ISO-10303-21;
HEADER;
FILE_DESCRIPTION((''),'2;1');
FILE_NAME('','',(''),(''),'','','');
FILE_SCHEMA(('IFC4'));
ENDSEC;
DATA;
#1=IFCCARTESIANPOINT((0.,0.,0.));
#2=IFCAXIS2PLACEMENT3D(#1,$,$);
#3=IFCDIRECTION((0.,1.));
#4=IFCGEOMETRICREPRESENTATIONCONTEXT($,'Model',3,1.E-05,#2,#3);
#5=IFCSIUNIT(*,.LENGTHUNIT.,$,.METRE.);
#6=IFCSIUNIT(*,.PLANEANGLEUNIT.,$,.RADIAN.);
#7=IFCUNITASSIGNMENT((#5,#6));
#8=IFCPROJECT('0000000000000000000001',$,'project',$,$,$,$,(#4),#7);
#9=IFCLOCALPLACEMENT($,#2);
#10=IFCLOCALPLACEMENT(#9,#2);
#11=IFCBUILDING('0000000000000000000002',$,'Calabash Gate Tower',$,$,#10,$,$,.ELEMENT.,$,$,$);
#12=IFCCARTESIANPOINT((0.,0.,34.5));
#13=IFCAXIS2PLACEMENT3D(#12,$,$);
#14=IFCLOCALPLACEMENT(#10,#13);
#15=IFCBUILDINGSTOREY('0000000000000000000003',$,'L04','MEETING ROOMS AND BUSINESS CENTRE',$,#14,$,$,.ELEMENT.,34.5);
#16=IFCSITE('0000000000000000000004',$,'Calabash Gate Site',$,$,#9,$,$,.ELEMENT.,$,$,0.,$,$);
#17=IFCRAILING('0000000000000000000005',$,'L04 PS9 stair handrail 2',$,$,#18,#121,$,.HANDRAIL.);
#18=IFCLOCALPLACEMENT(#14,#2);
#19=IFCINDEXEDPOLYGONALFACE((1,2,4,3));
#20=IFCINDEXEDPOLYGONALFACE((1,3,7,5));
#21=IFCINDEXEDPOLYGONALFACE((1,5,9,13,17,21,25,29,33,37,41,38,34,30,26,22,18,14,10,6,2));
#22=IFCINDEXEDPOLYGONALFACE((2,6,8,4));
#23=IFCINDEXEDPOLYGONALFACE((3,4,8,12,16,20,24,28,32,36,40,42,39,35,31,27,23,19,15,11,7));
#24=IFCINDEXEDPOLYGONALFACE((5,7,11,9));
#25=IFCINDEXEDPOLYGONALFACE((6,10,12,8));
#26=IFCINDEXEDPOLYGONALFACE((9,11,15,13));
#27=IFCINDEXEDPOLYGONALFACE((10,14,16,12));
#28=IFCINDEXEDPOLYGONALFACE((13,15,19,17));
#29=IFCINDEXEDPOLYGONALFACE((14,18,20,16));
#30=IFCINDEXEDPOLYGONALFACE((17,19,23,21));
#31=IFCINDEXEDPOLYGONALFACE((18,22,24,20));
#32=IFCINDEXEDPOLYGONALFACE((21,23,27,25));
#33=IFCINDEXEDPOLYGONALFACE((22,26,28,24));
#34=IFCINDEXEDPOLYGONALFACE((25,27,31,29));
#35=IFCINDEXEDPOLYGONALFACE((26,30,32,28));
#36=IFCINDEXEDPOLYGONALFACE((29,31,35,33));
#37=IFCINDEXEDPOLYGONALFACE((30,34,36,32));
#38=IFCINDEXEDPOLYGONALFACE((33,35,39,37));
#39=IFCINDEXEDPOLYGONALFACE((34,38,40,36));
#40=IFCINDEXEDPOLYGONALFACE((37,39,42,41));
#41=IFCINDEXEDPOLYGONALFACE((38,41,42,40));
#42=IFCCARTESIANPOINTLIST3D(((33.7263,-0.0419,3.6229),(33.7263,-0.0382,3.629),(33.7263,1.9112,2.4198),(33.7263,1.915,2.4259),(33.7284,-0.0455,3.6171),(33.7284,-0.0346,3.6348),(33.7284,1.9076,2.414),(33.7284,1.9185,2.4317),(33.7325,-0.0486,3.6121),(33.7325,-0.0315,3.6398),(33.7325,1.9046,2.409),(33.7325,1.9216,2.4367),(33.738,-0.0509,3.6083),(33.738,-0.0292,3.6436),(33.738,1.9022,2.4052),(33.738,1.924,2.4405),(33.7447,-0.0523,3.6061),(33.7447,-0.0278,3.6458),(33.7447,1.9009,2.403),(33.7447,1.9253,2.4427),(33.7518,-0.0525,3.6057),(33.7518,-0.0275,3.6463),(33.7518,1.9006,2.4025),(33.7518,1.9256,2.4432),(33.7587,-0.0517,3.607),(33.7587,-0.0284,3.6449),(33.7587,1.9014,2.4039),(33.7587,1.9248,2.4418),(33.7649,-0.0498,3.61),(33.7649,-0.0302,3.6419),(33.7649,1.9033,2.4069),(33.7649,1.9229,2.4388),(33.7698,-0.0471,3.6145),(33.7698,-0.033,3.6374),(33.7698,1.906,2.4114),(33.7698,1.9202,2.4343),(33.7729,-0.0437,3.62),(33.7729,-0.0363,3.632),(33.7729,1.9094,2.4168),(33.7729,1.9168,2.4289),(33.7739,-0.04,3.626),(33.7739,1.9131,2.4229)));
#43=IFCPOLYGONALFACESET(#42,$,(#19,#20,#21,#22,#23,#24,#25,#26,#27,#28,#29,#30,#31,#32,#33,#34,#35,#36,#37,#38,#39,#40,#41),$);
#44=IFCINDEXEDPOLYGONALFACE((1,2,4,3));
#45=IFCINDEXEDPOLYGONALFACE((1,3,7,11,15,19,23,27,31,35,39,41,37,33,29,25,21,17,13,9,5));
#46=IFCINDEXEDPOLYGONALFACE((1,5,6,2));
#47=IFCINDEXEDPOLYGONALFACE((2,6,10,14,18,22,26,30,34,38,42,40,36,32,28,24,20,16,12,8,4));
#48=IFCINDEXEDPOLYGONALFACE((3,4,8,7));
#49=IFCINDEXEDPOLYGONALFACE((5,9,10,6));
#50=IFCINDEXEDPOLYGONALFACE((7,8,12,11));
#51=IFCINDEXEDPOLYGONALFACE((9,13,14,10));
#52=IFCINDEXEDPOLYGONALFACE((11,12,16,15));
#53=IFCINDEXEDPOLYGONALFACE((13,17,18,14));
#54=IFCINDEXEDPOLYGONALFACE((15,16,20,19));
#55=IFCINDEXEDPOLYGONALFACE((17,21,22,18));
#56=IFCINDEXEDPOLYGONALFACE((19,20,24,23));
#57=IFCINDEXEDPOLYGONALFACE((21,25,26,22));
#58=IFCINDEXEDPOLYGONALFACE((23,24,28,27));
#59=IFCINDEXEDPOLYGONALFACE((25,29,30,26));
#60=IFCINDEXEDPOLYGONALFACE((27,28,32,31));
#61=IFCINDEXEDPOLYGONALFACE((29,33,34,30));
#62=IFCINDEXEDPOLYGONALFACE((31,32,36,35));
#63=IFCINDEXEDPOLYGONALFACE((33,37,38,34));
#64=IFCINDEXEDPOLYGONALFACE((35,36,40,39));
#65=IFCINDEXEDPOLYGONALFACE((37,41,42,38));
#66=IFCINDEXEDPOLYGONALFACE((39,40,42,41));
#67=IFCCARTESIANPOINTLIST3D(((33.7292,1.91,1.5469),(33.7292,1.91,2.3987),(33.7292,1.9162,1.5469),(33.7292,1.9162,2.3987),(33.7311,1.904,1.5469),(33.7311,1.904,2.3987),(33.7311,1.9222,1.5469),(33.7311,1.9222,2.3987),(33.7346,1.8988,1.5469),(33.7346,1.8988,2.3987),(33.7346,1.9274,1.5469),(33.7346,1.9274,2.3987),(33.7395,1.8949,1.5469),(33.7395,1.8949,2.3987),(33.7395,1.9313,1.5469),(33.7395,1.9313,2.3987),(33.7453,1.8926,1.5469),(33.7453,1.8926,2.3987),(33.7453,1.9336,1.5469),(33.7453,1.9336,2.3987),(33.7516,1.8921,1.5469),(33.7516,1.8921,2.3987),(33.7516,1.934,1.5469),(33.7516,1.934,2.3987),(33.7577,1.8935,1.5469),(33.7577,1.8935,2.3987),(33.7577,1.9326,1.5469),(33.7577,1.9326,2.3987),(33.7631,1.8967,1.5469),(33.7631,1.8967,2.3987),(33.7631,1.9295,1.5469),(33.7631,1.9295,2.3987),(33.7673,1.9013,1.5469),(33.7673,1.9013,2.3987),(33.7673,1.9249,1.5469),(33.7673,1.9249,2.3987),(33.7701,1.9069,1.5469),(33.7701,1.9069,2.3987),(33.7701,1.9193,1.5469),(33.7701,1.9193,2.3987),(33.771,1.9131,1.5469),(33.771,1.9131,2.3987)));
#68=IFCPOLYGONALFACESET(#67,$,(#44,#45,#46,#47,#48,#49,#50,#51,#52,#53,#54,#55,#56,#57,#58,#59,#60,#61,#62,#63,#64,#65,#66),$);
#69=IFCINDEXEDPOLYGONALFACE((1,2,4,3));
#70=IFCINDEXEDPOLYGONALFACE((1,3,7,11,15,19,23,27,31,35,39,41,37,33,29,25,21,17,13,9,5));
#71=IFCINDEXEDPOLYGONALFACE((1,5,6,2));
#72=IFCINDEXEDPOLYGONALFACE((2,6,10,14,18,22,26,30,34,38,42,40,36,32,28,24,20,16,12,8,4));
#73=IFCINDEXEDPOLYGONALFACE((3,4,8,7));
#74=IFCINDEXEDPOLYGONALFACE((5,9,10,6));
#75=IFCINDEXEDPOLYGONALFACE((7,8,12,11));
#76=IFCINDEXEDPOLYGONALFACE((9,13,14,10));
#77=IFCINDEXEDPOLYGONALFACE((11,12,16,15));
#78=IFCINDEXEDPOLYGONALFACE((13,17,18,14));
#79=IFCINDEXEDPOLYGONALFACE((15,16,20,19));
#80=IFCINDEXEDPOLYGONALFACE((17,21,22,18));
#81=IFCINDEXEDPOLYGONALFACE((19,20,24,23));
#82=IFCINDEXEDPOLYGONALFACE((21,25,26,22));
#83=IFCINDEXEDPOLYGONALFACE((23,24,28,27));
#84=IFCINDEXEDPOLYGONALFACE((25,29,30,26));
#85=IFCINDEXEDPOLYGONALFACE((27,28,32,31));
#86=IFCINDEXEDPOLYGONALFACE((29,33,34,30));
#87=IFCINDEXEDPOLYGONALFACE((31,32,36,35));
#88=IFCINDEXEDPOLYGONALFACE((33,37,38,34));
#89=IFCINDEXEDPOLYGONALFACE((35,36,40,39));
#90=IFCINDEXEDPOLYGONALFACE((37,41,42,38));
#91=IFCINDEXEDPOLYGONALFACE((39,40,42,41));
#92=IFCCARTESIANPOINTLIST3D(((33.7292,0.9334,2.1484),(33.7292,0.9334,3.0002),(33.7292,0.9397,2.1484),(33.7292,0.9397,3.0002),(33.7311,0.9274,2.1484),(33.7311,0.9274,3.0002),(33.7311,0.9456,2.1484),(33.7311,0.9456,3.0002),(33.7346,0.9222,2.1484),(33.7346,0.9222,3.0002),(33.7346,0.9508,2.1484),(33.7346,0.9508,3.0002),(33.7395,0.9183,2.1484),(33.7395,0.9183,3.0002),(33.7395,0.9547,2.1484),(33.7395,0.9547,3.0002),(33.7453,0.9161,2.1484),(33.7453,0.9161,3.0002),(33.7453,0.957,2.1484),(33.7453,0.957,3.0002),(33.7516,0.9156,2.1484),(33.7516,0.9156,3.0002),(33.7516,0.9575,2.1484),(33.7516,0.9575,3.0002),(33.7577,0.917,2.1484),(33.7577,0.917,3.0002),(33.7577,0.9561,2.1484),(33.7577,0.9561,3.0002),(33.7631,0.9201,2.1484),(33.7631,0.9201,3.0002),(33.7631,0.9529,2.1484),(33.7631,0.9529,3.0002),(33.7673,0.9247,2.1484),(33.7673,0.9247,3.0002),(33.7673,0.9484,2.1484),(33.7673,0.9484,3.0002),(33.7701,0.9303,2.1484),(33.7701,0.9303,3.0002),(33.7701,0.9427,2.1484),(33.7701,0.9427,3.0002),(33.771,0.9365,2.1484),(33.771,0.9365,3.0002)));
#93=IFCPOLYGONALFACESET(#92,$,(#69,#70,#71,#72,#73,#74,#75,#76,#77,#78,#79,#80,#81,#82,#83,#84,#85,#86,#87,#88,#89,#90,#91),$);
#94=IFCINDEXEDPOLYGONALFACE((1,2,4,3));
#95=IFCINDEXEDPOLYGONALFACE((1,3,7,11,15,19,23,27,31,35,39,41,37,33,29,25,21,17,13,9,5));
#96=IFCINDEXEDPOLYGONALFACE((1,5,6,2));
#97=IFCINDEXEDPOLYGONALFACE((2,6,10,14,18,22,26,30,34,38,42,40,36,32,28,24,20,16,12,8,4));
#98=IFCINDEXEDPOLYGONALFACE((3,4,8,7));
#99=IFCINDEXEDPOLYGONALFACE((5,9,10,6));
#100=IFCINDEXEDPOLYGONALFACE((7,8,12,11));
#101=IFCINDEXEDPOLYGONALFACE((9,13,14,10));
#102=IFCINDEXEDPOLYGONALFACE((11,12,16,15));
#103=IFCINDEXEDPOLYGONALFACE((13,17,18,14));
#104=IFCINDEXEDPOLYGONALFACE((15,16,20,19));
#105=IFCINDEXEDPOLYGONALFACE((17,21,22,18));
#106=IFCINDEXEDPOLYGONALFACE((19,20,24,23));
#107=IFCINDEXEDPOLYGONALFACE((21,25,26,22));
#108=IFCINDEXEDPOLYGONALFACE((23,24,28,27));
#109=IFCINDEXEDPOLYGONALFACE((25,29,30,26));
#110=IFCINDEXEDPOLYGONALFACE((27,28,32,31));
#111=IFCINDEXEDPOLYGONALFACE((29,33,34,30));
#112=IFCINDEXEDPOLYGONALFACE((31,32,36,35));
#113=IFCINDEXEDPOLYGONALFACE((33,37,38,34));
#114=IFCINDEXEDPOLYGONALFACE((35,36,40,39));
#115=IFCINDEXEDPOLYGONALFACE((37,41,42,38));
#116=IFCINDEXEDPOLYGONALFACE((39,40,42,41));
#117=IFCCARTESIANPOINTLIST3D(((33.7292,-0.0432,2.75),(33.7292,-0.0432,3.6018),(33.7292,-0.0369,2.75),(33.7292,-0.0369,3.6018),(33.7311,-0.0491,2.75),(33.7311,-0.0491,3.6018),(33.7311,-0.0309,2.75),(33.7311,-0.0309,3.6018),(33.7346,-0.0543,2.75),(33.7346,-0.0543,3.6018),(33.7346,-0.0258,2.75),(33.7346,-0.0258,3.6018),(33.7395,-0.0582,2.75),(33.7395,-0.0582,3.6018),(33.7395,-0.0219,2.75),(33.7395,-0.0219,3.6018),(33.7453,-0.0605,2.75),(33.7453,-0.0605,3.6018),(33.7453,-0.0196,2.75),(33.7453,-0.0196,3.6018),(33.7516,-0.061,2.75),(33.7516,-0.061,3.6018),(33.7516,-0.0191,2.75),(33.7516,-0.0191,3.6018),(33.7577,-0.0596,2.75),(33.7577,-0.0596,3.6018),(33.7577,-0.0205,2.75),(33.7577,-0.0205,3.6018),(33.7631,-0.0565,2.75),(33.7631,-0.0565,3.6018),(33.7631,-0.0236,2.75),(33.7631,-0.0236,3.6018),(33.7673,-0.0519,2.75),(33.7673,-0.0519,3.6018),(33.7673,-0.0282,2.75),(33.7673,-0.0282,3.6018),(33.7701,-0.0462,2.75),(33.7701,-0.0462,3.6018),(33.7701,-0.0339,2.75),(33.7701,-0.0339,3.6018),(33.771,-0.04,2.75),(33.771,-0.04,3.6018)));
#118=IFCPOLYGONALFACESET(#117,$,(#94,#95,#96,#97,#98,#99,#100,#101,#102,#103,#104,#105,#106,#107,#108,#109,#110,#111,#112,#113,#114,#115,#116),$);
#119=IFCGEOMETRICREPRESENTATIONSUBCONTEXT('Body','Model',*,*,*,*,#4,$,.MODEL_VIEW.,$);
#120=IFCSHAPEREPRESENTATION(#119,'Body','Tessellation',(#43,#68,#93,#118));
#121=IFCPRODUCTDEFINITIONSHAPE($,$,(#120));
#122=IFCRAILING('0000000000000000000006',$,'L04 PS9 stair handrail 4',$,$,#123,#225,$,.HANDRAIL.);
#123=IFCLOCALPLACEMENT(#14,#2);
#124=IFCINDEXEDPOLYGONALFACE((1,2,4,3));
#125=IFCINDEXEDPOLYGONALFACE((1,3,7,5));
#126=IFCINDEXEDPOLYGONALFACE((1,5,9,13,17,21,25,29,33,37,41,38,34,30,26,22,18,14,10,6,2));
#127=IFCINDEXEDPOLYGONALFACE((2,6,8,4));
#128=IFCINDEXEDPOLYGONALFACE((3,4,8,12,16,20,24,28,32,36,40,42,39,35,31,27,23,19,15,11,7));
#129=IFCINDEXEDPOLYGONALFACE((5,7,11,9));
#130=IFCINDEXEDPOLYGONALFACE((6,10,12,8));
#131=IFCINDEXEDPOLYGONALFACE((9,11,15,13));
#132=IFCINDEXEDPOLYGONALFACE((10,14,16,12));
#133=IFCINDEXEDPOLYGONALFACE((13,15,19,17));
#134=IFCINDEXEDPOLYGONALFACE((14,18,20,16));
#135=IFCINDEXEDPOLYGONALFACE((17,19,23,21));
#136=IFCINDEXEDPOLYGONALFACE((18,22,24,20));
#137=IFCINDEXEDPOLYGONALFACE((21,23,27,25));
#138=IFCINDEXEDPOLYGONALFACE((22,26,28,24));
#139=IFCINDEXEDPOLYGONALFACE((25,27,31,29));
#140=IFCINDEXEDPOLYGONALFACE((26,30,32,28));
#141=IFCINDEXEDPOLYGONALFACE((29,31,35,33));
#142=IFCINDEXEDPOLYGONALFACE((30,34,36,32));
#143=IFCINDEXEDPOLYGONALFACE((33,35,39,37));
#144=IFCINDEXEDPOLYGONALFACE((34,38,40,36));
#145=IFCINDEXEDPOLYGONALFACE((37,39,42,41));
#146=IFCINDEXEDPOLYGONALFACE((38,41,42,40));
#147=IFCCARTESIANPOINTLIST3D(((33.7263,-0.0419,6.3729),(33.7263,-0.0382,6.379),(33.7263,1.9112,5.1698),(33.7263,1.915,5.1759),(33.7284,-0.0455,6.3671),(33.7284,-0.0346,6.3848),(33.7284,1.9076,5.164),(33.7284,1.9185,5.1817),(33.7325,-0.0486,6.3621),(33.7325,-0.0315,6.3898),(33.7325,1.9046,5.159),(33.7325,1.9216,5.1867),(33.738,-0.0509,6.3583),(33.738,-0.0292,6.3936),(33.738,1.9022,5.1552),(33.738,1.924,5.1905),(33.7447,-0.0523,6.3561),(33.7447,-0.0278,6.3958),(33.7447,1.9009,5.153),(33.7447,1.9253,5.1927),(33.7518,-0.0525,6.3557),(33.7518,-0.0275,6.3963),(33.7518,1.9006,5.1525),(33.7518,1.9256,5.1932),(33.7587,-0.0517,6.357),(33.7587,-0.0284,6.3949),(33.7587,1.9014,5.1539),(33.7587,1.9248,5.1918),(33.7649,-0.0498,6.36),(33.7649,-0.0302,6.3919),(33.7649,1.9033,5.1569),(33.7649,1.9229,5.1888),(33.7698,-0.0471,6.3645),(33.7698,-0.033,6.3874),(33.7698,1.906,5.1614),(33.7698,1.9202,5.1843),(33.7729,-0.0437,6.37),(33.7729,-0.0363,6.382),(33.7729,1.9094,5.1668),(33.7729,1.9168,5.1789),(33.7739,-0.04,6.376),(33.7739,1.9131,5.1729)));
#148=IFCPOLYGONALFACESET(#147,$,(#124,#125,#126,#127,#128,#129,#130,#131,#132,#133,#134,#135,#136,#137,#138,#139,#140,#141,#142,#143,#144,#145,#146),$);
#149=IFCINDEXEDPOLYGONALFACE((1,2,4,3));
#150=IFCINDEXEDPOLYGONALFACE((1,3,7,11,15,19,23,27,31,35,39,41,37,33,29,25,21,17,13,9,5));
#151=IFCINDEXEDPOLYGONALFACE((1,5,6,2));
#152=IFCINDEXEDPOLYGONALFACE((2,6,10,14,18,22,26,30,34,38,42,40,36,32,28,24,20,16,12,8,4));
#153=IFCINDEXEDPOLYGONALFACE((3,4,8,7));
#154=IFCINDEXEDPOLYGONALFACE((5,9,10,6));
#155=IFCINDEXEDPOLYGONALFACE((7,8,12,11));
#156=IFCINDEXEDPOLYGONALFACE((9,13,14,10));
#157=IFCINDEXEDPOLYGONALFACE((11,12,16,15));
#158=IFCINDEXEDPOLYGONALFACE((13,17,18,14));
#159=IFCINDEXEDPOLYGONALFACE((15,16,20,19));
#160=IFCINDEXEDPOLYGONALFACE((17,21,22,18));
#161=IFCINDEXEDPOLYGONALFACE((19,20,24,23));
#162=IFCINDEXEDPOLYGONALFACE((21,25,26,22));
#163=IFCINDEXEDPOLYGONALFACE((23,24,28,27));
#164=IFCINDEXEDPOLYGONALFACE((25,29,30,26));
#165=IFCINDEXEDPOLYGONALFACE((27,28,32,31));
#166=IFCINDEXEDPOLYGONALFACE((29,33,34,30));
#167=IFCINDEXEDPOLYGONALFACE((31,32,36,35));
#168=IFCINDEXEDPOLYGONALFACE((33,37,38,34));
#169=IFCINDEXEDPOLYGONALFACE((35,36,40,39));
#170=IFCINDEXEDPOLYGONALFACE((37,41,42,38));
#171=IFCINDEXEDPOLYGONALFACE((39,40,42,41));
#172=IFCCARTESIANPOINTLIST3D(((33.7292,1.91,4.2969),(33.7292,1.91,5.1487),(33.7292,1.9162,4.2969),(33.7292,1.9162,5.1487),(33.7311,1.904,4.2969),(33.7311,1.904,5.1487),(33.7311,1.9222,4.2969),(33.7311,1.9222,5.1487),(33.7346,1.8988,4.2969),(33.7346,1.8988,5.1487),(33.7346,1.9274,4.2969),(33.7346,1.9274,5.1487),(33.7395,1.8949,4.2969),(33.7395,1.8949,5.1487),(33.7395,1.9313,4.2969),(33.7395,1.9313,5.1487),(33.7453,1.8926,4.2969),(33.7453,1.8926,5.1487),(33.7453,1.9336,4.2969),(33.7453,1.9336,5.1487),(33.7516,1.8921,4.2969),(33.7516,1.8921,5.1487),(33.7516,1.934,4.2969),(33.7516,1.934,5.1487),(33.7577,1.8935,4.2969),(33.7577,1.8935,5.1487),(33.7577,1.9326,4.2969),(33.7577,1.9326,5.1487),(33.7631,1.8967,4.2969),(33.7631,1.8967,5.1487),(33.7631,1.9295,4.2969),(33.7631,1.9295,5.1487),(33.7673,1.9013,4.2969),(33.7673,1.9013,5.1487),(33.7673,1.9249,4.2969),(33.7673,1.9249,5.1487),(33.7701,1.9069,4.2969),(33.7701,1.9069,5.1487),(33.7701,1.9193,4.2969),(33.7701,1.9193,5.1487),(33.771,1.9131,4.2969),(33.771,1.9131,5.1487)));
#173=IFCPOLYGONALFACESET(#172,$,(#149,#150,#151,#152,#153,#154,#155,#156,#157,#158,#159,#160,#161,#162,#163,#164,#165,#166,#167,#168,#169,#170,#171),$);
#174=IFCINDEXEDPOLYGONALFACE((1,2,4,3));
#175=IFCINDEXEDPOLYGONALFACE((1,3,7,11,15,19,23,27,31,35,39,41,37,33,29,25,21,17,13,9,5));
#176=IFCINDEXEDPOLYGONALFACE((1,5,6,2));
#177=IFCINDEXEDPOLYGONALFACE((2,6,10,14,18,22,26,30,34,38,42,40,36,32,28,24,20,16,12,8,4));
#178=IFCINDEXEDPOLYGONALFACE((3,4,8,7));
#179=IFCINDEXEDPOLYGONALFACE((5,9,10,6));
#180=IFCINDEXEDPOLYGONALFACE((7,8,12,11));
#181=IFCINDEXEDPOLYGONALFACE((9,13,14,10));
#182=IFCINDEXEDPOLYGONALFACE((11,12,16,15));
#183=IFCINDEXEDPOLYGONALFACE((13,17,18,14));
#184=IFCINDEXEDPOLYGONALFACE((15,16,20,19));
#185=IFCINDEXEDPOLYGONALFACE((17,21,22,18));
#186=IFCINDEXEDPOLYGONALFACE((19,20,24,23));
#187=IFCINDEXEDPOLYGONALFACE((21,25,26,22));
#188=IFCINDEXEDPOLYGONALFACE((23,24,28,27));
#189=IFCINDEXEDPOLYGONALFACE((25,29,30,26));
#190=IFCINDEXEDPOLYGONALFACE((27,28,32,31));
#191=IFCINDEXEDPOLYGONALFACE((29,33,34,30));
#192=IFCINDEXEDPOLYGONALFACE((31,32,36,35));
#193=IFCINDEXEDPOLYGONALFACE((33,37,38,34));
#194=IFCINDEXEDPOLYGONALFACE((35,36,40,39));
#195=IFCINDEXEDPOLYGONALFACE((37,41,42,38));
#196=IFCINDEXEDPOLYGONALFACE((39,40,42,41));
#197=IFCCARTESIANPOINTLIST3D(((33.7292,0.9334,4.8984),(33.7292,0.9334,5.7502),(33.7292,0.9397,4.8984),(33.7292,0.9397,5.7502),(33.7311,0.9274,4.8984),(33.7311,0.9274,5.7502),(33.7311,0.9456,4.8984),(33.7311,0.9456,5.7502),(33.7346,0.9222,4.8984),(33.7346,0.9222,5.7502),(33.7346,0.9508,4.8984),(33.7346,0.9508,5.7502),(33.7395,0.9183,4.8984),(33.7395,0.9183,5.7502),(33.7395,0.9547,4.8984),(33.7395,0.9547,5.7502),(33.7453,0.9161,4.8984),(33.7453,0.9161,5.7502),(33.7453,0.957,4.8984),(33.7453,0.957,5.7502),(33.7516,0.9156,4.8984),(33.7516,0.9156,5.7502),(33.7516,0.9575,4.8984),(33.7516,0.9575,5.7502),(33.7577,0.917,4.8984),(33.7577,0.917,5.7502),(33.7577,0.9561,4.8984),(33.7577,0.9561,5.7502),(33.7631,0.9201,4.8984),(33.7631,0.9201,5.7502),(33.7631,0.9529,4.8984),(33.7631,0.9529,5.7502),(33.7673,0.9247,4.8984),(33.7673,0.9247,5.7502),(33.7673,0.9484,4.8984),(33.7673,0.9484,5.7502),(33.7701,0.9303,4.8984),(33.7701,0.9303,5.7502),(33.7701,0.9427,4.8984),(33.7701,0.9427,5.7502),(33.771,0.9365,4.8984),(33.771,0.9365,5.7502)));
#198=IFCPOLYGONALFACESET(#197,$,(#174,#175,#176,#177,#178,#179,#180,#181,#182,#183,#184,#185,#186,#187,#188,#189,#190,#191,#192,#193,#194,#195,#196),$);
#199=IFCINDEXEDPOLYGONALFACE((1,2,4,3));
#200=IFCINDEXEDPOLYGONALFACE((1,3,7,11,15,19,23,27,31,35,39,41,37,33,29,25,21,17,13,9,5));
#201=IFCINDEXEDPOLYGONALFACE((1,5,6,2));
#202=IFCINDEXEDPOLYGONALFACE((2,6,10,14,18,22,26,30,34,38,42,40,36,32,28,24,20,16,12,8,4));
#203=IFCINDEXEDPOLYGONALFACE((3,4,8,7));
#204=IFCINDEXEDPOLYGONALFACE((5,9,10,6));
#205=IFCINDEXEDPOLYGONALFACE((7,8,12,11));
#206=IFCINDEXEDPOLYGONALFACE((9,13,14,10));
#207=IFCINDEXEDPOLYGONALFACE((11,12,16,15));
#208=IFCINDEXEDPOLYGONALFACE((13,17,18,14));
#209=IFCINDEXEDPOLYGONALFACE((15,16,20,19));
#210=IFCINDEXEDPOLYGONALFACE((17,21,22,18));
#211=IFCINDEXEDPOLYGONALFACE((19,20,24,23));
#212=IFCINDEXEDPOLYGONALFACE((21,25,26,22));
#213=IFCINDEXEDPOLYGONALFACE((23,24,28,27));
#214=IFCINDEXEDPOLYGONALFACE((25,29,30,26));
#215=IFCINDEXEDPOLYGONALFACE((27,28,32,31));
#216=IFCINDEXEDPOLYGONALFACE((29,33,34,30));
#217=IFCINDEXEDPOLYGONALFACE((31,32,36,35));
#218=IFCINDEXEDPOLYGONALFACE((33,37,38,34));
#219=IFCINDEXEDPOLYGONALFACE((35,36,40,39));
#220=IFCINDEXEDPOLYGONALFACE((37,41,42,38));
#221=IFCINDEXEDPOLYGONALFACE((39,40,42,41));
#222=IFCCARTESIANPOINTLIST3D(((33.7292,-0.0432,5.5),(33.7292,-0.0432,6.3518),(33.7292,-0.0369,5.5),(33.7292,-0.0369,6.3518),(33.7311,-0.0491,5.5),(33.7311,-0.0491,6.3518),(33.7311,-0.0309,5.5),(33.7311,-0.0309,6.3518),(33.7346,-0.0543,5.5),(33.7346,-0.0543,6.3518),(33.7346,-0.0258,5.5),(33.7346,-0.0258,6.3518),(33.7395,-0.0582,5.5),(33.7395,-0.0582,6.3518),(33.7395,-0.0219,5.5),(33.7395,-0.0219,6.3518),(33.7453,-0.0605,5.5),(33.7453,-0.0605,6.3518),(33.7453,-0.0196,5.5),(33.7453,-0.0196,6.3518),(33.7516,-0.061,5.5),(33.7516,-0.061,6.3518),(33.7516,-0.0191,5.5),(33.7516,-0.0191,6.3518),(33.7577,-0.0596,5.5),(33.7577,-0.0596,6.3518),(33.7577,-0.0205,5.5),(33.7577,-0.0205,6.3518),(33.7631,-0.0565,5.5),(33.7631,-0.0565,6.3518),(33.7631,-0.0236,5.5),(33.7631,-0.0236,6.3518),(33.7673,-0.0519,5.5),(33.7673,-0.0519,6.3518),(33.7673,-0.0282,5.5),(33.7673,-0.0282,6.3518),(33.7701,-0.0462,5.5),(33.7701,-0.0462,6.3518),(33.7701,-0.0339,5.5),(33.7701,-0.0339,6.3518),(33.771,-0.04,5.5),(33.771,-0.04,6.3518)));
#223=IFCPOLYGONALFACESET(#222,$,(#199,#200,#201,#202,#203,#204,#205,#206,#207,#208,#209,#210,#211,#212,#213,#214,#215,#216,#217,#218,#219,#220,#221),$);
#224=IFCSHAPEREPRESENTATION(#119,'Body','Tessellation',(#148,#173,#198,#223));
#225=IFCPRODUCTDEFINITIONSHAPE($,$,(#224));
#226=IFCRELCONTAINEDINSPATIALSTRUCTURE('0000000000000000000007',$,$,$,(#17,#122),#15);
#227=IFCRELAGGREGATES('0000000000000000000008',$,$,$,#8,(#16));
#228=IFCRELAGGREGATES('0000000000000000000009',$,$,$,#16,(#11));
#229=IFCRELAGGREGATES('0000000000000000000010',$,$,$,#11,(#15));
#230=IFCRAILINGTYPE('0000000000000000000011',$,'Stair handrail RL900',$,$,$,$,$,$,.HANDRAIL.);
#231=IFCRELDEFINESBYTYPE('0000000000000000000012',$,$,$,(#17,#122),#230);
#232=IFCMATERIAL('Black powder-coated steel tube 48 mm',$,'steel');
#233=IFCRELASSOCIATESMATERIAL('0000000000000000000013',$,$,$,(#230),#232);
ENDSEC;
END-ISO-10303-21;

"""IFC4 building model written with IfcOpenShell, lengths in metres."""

from ifc_helpers import new_model, si_unit, direction, frame, origin, origin_2d, place, context, subcontext, project, spatial, circle, extrude, material, type_object, element, save


model = new_model("IFC4")

# Units and contexts
model_context = context("Model", 3, precision=1e-05, world=origin(), true_north=direction((0.0, 1.0)))
body_context = subcontext(model_context, "Body", "Model", "MODEL_VIEW")
ifc_project = project(units=[si_unit("LENGTHUNIT", "METRE"), si_unit("PLANEANGLEUNIT", "RADIAN")], contexts=[model_context])

# Site, building, storey
site_placement = place(None, origin())
site = spatial("IfcSite", under=ifc_project, at=site_placement, Name="Calabash Gate Site", CompositionType="ELEMENT", RefElevation=0.0)
building_placement = place(site_placement, origin())
building = spatial("IfcBuilding", under=site, at=building_placement, Name="Calabash Gate Tower", CompositionType="ELEMENT")
storey_placement = place(building_placement, frame((0.0, 0.0, 34.5)))
storey = spatial("IfcBuildingStorey", under=building, at=storey_placement, Name="L04", Description="MEETING ROOMS AND BUSINESS CENTRE", CompositionType="ELEMENT", Elevation=34.5)

# Railings
ifc_material_1 = material(Name="Black powder-coated steel tube 48 mm", Category="steel")
railing_type_1 = type_object("IfcRailingType", Name="Stair handrail RL900", PredefinedType="HANDRAIL", material=ifc_material_1)
for number, where, name in (
    (1, (33.75, 1.9131, 1.5469), "L04 PS9 stair handrail 2"),
    (2, (33.75, 1.9131, 4.2969), "L04 PS9 stair handrail 4"),
):
    element("IfcRailing", number, at=place(storey_placement, frame(where)), inside=storey, type_object=railing_type_1, Name=name, PredefinedType="HANDRAIL", context=body_context, shape_type="SweptSolid", body=[
        extrude(circle(Radius=0.0239, at=origin_2d()), frame((0.0, 0.0, 0.876), z_axis=(0.0, -0.851424, 0.524477), x_axis=(1.0, 0.0, 0.0)), (0.0, 0.0, 1.0), 2.2939),
        extrude(circle(Radius=0.021, at=origin_2d()), origin(), (0.0, 0.0, 1.0), 0.8518),
        extrude(circle(Radius=0.021, at=origin_2d()), frame((0.0, -0.9766, 0.6016)), (0.0, 0.0, 1.0), 0.8518),
        extrude(circle(Radius=0.021, at=origin_2d()), frame((0.0, -1.9531, 1.2031)), (0.0, 0.0, 1.0), 0.8518),
    ])

save(model, "model.ifc")
